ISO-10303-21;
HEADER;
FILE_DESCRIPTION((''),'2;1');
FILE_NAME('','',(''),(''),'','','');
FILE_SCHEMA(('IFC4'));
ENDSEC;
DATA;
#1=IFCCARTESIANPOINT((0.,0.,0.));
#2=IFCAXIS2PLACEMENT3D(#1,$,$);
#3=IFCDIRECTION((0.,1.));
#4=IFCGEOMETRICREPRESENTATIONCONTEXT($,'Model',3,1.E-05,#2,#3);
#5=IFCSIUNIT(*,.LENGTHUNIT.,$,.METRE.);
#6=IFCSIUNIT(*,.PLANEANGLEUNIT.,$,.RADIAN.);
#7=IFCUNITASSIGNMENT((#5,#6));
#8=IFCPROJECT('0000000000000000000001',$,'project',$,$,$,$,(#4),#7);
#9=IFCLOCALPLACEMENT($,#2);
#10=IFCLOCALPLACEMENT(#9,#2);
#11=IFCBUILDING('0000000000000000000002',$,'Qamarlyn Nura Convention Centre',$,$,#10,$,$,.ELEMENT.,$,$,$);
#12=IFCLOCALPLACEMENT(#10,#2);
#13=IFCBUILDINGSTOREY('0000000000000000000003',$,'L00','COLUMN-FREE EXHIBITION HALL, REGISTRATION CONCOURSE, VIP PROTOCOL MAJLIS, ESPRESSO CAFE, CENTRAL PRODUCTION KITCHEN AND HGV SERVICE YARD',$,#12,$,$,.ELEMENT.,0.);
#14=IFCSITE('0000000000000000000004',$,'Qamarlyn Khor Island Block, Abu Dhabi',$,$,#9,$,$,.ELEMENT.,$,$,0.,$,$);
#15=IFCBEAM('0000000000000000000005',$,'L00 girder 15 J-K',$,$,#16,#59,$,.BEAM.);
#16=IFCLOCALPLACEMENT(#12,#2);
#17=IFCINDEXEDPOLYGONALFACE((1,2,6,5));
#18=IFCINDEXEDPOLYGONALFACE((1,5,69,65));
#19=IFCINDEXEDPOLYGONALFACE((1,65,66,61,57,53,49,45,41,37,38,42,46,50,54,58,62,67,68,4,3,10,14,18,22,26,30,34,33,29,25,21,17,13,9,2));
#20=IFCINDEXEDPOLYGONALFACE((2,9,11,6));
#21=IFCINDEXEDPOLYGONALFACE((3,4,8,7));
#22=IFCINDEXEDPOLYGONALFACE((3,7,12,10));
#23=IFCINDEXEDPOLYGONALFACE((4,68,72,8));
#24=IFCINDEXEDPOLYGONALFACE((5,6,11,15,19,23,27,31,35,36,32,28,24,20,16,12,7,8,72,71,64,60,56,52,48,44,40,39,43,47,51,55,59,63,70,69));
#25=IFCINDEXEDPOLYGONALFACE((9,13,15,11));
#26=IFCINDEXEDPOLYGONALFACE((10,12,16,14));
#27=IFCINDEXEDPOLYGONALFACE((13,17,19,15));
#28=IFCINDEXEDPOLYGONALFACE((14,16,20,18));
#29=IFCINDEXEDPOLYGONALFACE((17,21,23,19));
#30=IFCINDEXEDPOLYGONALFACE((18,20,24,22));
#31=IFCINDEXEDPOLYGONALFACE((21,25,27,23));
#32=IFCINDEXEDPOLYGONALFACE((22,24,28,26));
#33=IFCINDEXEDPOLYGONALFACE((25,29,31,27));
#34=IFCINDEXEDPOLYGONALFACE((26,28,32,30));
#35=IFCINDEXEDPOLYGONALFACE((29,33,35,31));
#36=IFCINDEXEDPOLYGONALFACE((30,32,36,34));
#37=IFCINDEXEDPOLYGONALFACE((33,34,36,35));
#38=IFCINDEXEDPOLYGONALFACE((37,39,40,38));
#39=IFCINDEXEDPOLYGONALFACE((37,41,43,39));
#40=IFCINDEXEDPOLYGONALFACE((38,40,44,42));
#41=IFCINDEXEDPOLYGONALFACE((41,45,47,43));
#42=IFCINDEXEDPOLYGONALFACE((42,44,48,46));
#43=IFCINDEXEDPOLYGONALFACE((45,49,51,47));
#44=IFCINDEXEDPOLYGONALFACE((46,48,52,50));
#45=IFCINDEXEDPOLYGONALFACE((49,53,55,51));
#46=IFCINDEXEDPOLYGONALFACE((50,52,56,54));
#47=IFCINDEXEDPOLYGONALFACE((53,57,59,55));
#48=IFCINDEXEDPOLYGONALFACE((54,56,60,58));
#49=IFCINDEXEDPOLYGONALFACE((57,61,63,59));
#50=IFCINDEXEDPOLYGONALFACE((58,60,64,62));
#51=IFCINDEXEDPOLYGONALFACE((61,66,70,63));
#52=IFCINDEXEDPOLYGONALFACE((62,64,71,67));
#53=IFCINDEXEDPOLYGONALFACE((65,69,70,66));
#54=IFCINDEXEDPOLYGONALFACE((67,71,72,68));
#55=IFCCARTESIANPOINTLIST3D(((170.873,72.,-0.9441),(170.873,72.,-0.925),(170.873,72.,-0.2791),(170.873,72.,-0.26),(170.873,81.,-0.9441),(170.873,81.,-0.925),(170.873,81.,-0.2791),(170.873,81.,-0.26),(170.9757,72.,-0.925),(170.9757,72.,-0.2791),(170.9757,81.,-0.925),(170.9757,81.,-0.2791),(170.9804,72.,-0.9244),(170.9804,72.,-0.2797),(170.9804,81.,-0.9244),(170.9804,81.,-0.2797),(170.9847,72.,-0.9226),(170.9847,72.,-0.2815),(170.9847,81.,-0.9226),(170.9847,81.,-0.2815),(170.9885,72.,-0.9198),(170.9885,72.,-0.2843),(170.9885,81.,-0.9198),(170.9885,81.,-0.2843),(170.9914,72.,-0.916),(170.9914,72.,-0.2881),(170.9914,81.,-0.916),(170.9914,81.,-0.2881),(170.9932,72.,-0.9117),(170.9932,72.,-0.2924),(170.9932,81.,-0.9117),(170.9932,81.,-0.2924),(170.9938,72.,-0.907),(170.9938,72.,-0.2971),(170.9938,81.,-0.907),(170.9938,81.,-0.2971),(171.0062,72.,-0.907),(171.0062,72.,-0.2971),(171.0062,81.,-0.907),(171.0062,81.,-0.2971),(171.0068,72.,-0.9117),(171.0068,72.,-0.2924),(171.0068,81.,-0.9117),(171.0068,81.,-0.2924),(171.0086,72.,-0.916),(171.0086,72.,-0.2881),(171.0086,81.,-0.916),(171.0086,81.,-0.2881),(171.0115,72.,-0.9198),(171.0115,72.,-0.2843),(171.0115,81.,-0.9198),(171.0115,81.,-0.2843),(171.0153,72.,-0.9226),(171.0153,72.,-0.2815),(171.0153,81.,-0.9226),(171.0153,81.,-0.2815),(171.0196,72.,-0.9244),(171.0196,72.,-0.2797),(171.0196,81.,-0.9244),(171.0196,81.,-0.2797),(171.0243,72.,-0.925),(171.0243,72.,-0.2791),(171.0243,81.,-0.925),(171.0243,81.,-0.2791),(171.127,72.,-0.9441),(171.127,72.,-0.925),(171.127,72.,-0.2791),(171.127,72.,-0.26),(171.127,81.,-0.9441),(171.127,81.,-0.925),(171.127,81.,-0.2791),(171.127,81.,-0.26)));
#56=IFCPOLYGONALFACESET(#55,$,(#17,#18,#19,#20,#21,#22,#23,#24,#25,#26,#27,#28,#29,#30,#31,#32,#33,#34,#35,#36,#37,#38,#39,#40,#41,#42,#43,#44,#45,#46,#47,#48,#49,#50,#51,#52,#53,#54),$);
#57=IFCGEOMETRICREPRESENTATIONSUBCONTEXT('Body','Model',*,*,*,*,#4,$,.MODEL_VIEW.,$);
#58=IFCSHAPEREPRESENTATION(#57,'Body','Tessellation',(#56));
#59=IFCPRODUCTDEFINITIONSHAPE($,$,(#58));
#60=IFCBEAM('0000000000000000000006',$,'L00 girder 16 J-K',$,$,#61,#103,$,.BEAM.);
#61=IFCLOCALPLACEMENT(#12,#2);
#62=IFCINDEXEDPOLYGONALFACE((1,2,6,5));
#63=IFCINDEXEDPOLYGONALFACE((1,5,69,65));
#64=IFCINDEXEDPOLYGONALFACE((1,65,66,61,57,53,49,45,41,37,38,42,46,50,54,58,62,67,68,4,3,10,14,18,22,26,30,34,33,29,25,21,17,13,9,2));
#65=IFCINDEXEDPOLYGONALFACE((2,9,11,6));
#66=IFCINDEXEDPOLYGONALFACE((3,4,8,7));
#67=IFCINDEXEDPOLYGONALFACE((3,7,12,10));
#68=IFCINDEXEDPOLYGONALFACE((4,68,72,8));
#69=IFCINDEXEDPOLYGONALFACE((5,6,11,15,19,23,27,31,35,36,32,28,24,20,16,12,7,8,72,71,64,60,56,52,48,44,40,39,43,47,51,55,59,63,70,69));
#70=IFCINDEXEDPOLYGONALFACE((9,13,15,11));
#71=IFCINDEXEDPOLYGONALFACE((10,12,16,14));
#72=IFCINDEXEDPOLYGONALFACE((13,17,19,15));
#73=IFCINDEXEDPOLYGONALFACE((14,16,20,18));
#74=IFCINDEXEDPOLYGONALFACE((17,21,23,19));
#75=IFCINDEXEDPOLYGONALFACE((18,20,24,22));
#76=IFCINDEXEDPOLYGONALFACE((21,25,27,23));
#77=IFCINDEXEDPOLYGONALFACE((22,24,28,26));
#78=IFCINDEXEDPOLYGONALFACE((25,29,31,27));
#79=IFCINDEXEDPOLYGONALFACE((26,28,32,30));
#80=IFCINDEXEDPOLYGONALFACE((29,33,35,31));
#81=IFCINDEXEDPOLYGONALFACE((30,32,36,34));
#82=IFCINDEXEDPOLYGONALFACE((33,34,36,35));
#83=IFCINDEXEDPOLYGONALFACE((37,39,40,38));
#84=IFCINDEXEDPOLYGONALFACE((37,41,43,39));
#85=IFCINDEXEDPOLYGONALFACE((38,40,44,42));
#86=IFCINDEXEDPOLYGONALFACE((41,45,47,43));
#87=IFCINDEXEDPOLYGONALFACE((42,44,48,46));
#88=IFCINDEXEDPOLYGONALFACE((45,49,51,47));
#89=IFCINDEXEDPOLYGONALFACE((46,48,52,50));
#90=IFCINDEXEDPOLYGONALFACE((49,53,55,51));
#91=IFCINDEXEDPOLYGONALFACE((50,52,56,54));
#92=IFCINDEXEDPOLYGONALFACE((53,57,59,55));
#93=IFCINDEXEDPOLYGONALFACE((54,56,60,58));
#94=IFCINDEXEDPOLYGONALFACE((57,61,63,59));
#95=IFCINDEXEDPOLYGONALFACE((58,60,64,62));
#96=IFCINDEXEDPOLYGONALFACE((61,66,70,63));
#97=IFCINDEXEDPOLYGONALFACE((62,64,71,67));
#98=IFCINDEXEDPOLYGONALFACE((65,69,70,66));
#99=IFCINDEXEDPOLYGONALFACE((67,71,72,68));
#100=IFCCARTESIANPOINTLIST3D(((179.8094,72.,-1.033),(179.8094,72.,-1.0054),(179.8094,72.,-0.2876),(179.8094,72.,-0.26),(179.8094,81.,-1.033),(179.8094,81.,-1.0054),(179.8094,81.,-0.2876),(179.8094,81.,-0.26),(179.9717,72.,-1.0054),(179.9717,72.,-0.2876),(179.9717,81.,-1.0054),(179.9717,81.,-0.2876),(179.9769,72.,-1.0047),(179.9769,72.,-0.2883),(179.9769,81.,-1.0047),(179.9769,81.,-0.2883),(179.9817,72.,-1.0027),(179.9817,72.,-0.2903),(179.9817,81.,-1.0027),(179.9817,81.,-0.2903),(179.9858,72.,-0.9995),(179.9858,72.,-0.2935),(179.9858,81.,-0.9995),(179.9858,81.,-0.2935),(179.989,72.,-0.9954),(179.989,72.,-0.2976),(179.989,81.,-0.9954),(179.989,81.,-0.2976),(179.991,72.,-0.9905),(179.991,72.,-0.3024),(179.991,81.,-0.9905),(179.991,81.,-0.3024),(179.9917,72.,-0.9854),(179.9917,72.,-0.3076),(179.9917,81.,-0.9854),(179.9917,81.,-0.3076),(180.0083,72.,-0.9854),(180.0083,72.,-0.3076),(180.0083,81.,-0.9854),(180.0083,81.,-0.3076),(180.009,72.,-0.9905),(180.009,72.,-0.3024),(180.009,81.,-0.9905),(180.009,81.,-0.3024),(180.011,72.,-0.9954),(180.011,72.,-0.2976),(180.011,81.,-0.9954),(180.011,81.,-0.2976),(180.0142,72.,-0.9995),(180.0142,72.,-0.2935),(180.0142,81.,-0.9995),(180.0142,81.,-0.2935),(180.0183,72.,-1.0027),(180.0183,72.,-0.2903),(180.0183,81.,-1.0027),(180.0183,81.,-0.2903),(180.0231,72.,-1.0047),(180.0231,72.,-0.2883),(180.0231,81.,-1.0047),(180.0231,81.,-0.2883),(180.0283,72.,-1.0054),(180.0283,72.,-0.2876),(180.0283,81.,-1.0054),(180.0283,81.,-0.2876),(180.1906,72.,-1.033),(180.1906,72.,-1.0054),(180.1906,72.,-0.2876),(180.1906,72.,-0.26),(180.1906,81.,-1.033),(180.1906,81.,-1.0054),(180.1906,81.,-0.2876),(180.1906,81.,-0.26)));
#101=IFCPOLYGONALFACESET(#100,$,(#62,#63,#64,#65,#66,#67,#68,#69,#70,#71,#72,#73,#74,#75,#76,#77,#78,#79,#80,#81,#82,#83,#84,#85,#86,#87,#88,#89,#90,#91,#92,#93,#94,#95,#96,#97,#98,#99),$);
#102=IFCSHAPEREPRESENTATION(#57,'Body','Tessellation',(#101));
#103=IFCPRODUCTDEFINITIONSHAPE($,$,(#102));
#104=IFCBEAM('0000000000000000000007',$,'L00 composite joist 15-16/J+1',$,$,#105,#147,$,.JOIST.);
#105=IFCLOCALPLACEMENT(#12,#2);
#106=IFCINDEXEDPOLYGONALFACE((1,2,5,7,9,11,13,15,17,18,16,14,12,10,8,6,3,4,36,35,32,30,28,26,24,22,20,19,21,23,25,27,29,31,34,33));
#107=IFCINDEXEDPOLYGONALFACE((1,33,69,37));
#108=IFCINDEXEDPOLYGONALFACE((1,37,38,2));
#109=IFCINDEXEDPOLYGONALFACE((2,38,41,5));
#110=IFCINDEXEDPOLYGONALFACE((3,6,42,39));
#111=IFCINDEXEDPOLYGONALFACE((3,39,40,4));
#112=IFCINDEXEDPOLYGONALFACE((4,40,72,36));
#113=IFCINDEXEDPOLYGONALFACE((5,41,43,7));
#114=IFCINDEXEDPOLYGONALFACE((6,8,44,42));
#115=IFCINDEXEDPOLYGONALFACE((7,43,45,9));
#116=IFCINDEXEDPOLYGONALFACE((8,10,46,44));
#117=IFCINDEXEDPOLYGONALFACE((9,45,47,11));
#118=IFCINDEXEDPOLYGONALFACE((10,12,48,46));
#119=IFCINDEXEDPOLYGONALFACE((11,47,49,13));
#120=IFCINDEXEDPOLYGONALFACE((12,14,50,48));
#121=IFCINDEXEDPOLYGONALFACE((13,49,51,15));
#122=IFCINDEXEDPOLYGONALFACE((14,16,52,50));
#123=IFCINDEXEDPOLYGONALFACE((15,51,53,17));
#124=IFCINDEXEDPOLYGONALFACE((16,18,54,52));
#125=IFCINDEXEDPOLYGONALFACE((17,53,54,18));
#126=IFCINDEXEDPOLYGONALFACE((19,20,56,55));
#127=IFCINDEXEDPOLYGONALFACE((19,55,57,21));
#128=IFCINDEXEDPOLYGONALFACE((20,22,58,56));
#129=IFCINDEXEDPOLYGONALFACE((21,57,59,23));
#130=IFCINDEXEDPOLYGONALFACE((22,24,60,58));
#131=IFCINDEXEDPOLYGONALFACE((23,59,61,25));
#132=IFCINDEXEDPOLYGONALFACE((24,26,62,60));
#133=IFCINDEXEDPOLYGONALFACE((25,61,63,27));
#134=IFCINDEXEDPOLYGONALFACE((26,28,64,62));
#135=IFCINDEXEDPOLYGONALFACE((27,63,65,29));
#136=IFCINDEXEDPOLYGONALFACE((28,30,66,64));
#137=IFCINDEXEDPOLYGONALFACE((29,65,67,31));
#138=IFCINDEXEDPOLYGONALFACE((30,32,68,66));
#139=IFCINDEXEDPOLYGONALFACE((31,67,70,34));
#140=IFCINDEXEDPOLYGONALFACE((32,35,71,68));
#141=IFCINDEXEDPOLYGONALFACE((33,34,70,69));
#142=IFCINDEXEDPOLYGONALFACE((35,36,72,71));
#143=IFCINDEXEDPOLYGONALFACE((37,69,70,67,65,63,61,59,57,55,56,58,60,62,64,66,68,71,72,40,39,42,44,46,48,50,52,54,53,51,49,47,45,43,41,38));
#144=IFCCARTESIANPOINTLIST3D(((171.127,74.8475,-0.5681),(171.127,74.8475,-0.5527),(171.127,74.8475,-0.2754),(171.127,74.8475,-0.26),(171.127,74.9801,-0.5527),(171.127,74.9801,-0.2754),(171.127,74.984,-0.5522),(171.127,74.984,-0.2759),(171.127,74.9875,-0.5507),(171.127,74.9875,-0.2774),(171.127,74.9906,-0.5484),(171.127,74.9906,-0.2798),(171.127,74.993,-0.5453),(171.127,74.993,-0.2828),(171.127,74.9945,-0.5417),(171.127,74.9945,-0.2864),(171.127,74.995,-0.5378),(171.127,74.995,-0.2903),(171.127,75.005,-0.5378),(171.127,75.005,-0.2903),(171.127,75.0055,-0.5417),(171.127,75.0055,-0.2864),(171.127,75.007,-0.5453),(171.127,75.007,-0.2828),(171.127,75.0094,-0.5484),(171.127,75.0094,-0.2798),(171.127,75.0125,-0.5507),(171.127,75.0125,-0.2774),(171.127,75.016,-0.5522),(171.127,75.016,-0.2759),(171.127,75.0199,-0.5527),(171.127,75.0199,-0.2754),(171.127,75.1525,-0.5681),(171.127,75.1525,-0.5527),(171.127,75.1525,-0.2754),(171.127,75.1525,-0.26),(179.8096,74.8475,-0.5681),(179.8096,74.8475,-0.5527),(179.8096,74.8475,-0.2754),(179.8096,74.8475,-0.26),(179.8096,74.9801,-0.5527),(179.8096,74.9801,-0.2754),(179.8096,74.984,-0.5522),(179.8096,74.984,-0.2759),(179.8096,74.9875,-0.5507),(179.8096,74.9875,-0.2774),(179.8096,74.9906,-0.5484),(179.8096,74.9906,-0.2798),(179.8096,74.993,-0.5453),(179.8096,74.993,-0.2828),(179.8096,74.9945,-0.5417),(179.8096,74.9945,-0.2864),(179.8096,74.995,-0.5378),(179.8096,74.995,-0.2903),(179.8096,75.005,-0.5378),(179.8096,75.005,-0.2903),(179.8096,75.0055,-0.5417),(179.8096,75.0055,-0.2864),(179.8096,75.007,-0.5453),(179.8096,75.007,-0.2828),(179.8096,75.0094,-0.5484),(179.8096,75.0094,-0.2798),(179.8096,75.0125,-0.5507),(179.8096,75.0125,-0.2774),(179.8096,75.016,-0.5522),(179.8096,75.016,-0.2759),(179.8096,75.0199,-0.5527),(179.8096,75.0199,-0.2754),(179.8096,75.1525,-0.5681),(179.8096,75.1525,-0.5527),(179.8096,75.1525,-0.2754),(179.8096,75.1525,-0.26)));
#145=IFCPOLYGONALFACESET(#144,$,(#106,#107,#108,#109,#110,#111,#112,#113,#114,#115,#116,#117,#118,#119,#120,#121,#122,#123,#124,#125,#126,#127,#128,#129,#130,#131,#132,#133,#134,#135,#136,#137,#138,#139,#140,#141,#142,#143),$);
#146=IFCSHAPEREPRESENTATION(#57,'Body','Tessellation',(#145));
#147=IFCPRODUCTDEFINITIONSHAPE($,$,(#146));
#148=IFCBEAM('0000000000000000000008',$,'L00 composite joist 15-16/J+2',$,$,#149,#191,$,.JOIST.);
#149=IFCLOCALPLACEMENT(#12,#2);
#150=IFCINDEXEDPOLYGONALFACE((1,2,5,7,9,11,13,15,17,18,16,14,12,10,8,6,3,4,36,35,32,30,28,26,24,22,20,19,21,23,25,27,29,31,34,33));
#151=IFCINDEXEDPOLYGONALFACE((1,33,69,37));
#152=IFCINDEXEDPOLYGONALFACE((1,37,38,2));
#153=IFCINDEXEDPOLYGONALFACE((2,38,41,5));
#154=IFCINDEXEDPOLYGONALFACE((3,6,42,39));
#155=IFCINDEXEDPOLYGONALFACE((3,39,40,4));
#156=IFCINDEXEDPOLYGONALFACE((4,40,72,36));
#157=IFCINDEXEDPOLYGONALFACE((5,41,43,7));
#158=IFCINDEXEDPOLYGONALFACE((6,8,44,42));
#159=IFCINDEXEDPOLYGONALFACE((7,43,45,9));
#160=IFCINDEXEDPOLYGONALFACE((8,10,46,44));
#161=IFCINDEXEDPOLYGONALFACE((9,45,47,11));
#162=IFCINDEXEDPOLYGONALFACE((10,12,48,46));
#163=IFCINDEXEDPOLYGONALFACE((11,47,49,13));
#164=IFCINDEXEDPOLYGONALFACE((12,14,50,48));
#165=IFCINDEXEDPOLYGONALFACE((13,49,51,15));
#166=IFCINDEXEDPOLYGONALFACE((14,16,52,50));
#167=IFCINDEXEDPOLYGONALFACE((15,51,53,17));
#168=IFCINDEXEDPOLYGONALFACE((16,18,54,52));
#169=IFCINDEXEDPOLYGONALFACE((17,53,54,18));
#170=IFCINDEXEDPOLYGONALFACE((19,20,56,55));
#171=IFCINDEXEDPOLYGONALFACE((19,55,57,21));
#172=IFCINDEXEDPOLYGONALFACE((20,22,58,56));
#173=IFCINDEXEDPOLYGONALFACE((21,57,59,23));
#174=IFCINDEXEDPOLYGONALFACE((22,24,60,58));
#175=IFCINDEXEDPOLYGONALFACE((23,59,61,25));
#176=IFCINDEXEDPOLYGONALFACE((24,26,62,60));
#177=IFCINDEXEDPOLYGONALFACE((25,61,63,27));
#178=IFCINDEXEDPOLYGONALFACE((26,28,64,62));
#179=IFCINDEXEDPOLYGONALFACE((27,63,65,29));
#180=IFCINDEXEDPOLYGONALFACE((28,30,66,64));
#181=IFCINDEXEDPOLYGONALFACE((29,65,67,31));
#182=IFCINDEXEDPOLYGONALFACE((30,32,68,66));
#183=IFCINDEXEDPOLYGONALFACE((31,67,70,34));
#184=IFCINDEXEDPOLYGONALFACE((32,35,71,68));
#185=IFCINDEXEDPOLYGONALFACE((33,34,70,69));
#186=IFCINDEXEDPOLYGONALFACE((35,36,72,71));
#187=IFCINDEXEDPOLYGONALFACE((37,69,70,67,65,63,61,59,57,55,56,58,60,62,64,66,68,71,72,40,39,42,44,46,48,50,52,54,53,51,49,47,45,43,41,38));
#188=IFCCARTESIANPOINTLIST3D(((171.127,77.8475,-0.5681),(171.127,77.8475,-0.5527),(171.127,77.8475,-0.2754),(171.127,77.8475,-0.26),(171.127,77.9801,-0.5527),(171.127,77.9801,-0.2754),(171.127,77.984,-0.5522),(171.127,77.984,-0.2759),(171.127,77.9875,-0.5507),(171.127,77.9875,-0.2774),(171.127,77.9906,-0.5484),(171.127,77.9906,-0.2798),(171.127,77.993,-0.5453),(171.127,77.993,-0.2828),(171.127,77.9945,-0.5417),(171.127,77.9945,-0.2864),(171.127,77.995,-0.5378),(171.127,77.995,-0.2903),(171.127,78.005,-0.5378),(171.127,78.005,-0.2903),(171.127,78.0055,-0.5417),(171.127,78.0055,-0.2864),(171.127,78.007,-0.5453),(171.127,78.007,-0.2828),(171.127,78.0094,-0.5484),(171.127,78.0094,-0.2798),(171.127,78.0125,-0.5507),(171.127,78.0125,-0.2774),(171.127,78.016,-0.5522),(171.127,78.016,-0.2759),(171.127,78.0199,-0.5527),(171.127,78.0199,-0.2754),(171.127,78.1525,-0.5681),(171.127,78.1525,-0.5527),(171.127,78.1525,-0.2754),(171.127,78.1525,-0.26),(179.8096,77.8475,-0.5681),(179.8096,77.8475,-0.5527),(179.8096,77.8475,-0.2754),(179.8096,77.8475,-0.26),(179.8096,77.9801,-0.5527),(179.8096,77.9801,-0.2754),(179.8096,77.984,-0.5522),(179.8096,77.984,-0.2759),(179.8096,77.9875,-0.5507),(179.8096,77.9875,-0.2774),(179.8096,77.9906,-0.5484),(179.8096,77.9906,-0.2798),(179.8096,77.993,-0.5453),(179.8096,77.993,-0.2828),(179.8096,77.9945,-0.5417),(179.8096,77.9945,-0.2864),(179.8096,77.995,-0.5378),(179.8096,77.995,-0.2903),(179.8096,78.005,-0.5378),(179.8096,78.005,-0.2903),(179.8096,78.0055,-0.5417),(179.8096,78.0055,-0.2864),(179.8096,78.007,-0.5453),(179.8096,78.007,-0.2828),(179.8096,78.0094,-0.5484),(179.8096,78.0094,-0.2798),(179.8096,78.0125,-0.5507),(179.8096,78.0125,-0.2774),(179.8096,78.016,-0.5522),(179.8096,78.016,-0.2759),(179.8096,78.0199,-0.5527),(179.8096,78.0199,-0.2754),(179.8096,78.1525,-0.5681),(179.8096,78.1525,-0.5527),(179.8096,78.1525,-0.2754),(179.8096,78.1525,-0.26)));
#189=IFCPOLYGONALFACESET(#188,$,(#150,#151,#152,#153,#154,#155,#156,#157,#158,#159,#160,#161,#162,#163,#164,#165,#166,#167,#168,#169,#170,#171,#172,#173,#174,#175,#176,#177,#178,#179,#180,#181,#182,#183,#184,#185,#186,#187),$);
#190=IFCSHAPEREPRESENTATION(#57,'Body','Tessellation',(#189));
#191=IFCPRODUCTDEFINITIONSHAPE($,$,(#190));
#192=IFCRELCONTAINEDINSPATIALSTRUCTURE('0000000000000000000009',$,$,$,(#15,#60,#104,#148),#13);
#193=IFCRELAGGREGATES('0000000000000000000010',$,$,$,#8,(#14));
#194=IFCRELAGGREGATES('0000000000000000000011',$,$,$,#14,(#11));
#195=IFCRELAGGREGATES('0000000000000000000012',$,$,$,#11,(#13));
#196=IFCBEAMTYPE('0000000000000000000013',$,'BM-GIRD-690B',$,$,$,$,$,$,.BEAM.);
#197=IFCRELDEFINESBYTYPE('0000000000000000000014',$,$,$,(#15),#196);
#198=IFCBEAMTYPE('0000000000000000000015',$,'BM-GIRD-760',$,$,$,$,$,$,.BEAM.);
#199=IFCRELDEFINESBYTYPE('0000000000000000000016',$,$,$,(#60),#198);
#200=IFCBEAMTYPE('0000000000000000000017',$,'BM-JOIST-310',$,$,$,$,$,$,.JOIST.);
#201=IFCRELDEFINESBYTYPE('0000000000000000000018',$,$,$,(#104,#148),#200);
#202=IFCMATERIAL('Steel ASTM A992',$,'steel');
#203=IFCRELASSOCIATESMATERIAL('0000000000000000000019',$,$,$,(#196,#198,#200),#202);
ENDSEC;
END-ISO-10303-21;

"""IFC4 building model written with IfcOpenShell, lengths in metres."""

from ifc_helpers import new_model, si_unit, direction, frame, origin, origin_2d, place, context, subcontext, project, spatial, i_section, extrude, material, material_profile, profile_set, type_object, element, save


model = new_model("IFC4")

# Units and contexts
model_context = context("Model", 3, precision=1e-05, world=origin(), true_north=direction((0.0, 1.0)))
body_context = subcontext(model_context, "Body", "Model", "MODEL_VIEW")
ifc_project = project(units=[si_unit("LENGTHUNIT", "METRE"), si_unit("PLANEANGLEUNIT", "RADIAN")], contexts=[model_context])

# Site, building, storey
site_placement = place(None, origin())
site = spatial("IfcSite", under=ifc_project, at=site_placement, Name="Qamarlyn Khor Island Block, Abu Dhabi", CompositionType="ELEMENT", RefElevation=0.0)
building_placement = place(site_placement, origin())
building = spatial("IfcBuilding", under=site, at=building_placement, Name="Qamarlyn Nura Convention Centre", CompositionType="ELEMENT")
storey_placement = place(building_placement, origin())
storey = spatial("IfcBuildingStorey", under=building, at=storey_placement, Name="L00", Description="COLUMN-FREE EXHIBITION HALL, REGISTRATION CONCOURSE, VIP PROTOCOL MAJLIS, ESPRESSO CAFE, CENTRAL PRODUCTION KITCHEN AND HGV SERVICE YARD", CompositionType="ELEMENT", Elevation=0.0)

# Shared definitions
ifc_material_1 = material(Name="Steel ASTM A992", Category="steel")

# Beams
ifc_material_profile_1 = material_profile(ifc_material_1, i_section(OverallWidth=0.2539, OverallDepth=0.6841, WebThickness=0.0125, FlangeThickness=0.019, FilletRadius=0.0181, at=origin_2d()), Name="W690X140")
ifc_profile_set_1 = profile_set([ifc_material_profile_1], Name="Steel ASTM A992")
beam_type_1 = type_object("IfcBeamType", Name="BM-GIRD-690B", PredefinedType="BEAM", material=ifc_profile_set_1)
beam_1_placement = place(storey_placement, frame((171.0, 72.0, -0.6021), z_axis=(0.0, 1.0, 0.0), x_axis=(-1.0, 0.0, 0.0)))
element("IfcBeam", 1, at=beam_1_placement, inside=storey, type_object=beam_type_1, Name="L00 girder 15 J-K", PredefinedType="BEAM", context=body_context, shape_type="SweptSolid", body=[
    extrude(i_section(OverallWidth=0.2539, OverallDepth=0.6841, WebThickness=0.0125, FlangeThickness=0.019, FilletRadius=0.0181, at=origin_2d()), origin(), (0.0, 0.0, 1.0), 9.0),
])
ifc_material_profile_2 = material_profile(ifc_material_1, i_section(OverallWidth=0.3811, OverallDepth=0.7729, WebThickness=0.0166, FlangeThickness=0.0276, FilletRadius=0.02, at=origin_2d()), Name="W760X257")
ifc_profile_set_2 = profile_set([ifc_material_profile_2], Name="Steel ASTM A992")
beam_type_2 = type_object("IfcBeamType", Name="BM-GIRD-760", PredefinedType="BEAM", material=ifc_profile_set_2)
beam_2_placement = place(storey_placement, frame((180.0, 72.0, -0.6465), z_axis=(0.0, 1.0, 0.0), x_axis=(-1.0, 0.0, 0.0)))
element("IfcBeam", 2, at=beam_2_placement, inside=storey, type_object=beam_type_2, Name="L00 girder 16 J-K", PredefinedType="BEAM", context=body_context, shape_type="SweptSolid", body=[
    extrude(i_section(OverallWidth=0.3811, OverallDepth=0.7729, WebThickness=0.0166, FlangeThickness=0.0276, FilletRadius=0.02, at=origin_2d()), origin(), (0.0, 0.0, 1.0), 9.0),
])
ifc_material_profile_3 = material_profile(ifc_material_1, i_section(OverallWidth=0.3049, OverallDepth=0.3081, WebThickness=0.01, FlangeThickness=0.0154, FilletRadius=0.0149, at=origin_2d()), Name="W310X97")
ifc_profile_set_3 = profile_set([ifc_material_profile_3], Name="Steel ASTM A992")
beam_type_3 = type_object("IfcBeamType", Name="BM-JOIST-310", PredefinedType="JOIST", material=ifc_profile_set_3)
for number, where, z_axis, x_axis, name in (
    (3, (171.127, 75.0, -0.4141), (1.0, 0.0, 0.0), (0.0, 1.0, 0.0), "L00 composite joist 15-16/J+1"),
    (4, (171.127, 78.0, -0.4141), (1.0, 0.0, 0.0), (0.0, 1.0, 0.0), "L00 composite joist 15-16/J+2"),
):
    element("IfcBeam", number, at=place(storey_placement, frame(where, z_axis=z_axis, x_axis=x_axis)), inside=storey, type_object=beam_type_3, Name=name, PredefinedType="JOIST", context=body_context, shape_type="SweptSolid", body=[
        extrude(i_section(OverallWidth=0.3049, OverallDepth=0.3081, WebThickness=0.01, FlangeThickness=0.0154, FilletRadius=0.0149, at=origin_2d()), origin(), (0.0, 0.0, 1.0), 8.6826),
    ])

save(model, "model.ifc")
